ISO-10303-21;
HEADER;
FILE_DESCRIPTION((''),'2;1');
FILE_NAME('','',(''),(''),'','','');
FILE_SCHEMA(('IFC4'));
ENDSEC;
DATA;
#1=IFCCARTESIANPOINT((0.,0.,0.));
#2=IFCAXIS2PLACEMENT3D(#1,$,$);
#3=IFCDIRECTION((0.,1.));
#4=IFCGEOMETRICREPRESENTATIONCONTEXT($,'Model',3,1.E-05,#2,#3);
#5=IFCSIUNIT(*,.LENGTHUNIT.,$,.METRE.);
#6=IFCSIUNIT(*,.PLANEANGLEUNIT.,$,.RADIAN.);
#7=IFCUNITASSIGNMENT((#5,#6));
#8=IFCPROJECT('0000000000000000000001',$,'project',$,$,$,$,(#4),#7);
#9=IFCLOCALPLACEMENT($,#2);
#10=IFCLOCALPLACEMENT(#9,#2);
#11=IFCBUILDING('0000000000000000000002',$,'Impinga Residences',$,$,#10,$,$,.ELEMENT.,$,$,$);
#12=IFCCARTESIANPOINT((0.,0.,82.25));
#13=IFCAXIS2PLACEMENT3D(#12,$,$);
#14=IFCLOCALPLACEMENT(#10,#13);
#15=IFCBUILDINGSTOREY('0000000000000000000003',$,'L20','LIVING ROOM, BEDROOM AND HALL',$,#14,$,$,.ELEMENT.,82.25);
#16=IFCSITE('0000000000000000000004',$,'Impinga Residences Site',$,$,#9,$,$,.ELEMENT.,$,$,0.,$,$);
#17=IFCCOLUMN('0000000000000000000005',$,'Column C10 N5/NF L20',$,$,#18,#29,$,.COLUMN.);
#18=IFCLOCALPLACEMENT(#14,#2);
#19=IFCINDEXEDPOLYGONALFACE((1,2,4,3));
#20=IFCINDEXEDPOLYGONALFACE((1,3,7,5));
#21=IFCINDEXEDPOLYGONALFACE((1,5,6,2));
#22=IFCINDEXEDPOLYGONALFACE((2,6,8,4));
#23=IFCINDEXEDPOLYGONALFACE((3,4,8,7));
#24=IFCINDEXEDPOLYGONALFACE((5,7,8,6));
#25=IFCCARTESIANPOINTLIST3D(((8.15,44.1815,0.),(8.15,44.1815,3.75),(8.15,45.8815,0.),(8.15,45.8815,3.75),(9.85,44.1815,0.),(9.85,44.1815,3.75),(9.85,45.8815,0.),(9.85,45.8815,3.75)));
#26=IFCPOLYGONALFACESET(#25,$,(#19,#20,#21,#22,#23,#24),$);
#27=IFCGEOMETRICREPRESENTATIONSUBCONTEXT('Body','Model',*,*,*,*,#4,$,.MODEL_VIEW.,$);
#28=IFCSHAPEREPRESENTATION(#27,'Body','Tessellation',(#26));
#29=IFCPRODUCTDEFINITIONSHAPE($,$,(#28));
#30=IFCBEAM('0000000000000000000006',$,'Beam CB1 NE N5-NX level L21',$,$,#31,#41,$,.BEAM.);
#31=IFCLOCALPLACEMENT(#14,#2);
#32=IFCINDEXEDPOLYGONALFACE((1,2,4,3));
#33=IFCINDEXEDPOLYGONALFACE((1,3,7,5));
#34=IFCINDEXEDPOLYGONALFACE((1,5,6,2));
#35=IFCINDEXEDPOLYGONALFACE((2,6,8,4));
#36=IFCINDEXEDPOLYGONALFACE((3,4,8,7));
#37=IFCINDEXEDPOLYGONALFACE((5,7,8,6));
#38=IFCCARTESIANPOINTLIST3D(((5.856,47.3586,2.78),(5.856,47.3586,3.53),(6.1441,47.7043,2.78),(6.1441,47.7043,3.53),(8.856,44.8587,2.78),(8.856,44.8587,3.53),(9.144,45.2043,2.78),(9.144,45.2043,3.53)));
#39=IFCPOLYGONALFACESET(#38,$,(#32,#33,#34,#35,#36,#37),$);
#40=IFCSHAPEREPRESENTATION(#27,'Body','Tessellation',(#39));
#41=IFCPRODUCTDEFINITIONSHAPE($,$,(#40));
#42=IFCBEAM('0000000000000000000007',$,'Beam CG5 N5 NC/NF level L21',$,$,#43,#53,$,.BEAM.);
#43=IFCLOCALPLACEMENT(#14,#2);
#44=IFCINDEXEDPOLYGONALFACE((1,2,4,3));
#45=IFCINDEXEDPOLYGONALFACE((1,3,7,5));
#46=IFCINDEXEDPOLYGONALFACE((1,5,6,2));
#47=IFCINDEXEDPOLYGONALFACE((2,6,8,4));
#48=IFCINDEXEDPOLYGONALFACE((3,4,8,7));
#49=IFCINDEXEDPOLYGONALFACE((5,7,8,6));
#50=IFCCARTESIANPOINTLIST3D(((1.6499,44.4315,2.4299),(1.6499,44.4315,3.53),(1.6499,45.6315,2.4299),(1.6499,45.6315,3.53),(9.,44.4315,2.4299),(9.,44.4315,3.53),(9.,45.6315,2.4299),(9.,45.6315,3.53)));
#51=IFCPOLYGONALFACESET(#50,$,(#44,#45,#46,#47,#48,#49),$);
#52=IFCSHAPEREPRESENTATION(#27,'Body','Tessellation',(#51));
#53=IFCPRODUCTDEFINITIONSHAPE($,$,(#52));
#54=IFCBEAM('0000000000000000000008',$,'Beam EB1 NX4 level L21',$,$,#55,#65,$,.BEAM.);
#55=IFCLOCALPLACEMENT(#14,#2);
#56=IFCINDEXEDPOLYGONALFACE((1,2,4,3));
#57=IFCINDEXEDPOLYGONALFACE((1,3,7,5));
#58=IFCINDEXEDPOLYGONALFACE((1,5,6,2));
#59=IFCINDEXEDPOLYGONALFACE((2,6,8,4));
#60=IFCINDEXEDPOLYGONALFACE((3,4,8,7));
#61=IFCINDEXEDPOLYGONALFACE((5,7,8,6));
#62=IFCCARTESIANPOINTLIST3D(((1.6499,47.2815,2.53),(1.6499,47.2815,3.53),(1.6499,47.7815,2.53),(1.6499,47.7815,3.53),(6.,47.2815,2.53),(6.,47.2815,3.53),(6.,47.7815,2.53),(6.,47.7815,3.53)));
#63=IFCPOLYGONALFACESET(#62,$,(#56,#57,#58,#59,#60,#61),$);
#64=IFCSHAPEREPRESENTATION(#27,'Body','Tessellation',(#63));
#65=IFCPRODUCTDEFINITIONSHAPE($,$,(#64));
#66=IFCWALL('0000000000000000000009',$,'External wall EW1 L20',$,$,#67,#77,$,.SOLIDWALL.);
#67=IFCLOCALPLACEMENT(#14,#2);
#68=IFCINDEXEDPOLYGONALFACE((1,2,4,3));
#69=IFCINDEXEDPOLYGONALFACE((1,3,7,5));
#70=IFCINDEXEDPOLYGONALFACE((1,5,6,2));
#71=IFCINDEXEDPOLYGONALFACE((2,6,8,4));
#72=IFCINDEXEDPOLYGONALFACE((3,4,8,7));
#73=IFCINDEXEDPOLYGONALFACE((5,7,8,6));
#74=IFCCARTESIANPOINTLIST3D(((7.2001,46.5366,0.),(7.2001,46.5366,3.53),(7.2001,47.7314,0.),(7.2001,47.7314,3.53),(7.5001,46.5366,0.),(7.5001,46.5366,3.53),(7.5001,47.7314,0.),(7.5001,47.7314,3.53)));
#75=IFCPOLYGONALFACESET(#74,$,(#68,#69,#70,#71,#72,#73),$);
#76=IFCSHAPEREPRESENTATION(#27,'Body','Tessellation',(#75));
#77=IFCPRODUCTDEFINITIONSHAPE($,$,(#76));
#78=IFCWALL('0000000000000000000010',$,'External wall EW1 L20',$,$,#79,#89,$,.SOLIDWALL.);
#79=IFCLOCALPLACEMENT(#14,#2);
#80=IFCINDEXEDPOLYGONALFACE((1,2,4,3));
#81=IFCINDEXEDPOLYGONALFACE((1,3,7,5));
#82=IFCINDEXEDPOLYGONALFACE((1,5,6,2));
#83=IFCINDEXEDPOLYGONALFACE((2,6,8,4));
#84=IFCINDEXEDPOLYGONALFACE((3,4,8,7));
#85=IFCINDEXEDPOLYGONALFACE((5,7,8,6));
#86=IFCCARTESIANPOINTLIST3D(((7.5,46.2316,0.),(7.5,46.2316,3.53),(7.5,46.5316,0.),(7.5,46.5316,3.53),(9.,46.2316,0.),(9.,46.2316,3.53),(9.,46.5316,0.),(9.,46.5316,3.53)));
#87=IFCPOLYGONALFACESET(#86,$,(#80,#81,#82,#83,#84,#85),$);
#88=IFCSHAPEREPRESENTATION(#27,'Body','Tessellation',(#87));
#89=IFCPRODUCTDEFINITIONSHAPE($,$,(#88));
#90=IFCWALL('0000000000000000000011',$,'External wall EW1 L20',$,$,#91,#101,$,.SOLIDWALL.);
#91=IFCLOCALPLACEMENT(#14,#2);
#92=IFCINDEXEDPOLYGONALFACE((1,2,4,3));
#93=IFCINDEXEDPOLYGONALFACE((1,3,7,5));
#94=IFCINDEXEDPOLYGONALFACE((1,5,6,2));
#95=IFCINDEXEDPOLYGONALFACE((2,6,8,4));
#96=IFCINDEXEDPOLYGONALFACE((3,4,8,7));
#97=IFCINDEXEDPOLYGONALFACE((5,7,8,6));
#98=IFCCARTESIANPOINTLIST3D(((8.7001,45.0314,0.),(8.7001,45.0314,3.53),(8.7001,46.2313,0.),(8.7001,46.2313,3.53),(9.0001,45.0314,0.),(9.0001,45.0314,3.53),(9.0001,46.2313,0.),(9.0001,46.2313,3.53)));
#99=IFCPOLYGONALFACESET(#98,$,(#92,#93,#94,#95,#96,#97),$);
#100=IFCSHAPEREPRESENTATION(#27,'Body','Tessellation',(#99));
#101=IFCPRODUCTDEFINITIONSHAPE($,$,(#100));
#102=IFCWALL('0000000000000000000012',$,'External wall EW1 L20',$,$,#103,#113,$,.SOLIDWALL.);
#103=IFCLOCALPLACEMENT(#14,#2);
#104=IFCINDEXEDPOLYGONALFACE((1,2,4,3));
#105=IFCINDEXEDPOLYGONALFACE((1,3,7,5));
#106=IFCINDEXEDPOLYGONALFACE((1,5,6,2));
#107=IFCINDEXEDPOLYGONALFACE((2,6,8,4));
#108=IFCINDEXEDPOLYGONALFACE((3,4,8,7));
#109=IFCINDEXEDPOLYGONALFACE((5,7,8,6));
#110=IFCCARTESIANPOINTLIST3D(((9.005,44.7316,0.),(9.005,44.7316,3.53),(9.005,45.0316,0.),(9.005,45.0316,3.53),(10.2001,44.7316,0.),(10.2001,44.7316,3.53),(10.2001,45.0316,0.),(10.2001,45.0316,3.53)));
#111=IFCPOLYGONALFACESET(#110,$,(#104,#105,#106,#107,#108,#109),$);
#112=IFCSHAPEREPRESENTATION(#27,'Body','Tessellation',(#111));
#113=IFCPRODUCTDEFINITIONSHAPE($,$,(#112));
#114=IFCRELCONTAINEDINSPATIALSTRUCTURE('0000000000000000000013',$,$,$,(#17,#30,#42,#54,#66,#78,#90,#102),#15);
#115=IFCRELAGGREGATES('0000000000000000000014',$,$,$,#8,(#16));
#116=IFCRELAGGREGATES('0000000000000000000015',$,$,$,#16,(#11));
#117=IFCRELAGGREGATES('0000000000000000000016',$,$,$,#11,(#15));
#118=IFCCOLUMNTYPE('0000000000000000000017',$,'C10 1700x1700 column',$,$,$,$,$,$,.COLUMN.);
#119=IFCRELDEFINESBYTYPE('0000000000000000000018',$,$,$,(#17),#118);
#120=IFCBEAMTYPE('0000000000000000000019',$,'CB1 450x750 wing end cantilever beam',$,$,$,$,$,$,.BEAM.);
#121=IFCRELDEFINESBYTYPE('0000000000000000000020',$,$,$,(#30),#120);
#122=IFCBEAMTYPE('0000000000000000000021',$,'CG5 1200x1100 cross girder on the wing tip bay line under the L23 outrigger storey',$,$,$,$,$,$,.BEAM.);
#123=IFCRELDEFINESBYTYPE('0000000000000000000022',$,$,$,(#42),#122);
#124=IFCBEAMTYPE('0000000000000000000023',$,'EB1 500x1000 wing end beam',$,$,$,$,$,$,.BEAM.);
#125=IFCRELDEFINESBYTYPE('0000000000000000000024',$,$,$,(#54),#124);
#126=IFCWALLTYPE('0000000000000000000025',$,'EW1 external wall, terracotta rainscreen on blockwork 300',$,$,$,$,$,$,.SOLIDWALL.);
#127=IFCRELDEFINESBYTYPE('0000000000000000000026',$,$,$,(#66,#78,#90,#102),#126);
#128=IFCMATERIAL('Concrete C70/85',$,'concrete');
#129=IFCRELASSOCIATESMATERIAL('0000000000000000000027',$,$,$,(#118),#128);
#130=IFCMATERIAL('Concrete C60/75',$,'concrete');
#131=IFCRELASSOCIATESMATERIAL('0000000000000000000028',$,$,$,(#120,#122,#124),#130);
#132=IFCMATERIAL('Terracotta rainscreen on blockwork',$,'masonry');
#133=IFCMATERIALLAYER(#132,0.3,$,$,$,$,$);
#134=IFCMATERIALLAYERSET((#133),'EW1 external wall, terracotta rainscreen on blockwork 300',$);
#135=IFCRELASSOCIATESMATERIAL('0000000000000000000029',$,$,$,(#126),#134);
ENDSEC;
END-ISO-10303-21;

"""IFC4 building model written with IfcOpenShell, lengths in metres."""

from ifc_helpers import new_model, si_unit, direction, frame, frame_2d, origin, origin_2d, place, context, subcontext, project, spatial, rectangle, extrude, material, layer, layer_set, material_profile, profile_set, type_object, element, save


model = new_model("IFC4")

# Units and contexts
model_context = context("Model", 3, precision=1e-05, world=origin(), true_north=direction((0.0, 1.0)))
body_context = subcontext(model_context, "Body", "Model", "MODEL_VIEW")
ifc_project = project(units=[si_unit("LENGTHUNIT", "METRE"), si_unit("PLANEANGLEUNIT", "RADIAN")], contexts=[model_context])

# Site, building, storey
site_placement = place(None, origin())
site = spatial("IfcSite", under=ifc_project, at=site_placement, Name="Impinga Residences Site", CompositionType="ELEMENT", RefElevation=0.0)
building_placement = place(site_placement, origin())
building = spatial("IfcBuilding", under=site, at=building_placement, Name="Impinga Residences", CompositionType="ELEMENT")
storey_placement = place(building_placement, frame((0.0, 0.0, 82.25)))
storey = spatial("IfcBuildingStorey", under=building, at=storey_placement, Name="L20", Description="LIVING ROOM, BEDROOM AND HALL", CompositionType="ELEMENT", Elevation=82.25)

# Column
ifc_material_1 = material(Name="Concrete C70/85", Category="concrete")
ifc_material_profile_1 = material_profile(ifc_material_1, rectangle(XDim=1.7, YDim=1.7, at=origin_2d()), Name="RC 1700x1700")
ifc_profile_set_1 = profile_set([ifc_material_profile_1], Name="Concrete C70/85")
column_type = type_object("IfcColumnType", Name="C10 1700x1700 column", PredefinedType="COLUMN", material=ifc_profile_set_1)
column_placement = place(storey_placement, frame((9.0, 45.0315, 0.0), z_axis=(0.0, 0.0, 1.0), x_axis=(1.0, 0.0, 0.0)))
element("IfcColumn", 1, at=column_placement, inside=storey, type_object=column_type, Name="Column C10 N5/NF L20", PredefinedType="COLUMN", context=body_context, shape_type="SweptSolid", body=[
    extrude(rectangle(XDim=1.7, YDim=1.7, at=origin_2d()), origin(), (0.0, 0.0, 1.0), 3.75),
])

# Beams
ifc_material_2 = material(Name="Concrete C60/75", Category="concrete")
ifc_material_profile_2 = material_profile(ifc_material_2, rectangle(XDim=0.45, YDim=0.75, at=origin_2d()), Name="RC 450x750")
ifc_profile_set_2 = profile_set([ifc_material_profile_2], Name="Concrete C60/75")
beam_type_1 = type_object("IfcBeamType", Name="CB1 450x750 wing end cantilever beam", PredefinedType="BEAM", material=ifc_profile_set_2)
beam_1_placement = place(storey_placement, frame((9.0, 45.0315, 3.155), z_axis=(-0.768221, 0.640184, 0.0), x_axis=(-0.640184, -0.768221, 0.0)))
element("IfcBeam", 2, at=beam_1_placement, inside=storey, type_object=beam_type_1, Name="Beam CB1 NE N5-NX level L21", PredefinedType="BEAM", context=body_context, shape_type="SweptSolid", body=[
    extrude(rectangle(XDim=0.45, YDim=0.75, at=origin_2d()), origin(), (0.0, 0.0, 1.0), 3.905),
])
ifc_material_profile_3 = material_profile(ifc_material_2, rectangle(XDim=1.2, YDim=1.1001, at=origin_2d()), Name="RC 1200x1100")
ifc_profile_set_3 = profile_set([ifc_material_profile_3], Name="Concrete C60/75")
beam_type_2 = type_object("IfcBeamType", Name="CG5 1200x1100 cross girder on the wing tip bay line under the L23 outrigger storey", PredefinedType="BEAM", material=ifc_profile_set_3)
beam_2_placement = place(storey_placement, frame((1.6499, 45.0315, 2.98), z_axis=(1.0, 0.0, 0.0), x_axis=(0.0, 1.0, 0.0)))
element("IfcBeam", 3, at=beam_2_placement, inside=storey, type_object=beam_type_2, Name="Beam CG5 N5 NC/NF level L21", PredefinedType="BEAM", context=body_context, shape_type="SweptSolid", body=[
    extrude(rectangle(XDim=1.2, YDim=1.1001, at=origin_2d()), origin(), (0.0, 0.0, 1.0), 7.3501),
])
ifc_material_profile_4 = material_profile(ifc_material_2, rectangle(XDim=0.5, YDim=1.0, at=origin_2d()), Name="RC 500x1000")
ifc_profile_set_4 = profile_set([ifc_material_profile_4], Name="Concrete C60/75")
beam_type_3 = type_object("IfcBeamType", Name="EB1 500x1000 wing end beam", PredefinedType="BEAM", material=ifc_profile_set_4)
beam_3_placement = place(storey_placement, frame((1.6499, 47.5315, 3.03), z_axis=(1.0, 0.0, 0.0), x_axis=(0.0, 1.0, 0.0)))
element("IfcBeam", 4, at=beam_3_placement, inside=storey, type_object=beam_type_3, Name="Beam EB1 NX4 level L21", PredefinedType="BEAM", context=body_context, shape_type="SweptSolid", body=[
    extrude(rectangle(XDim=0.5, YDim=1.0, at=origin_2d()), origin(), (0.0, 0.0, 1.0), 4.3501),
])

# Walls
ifc_material_3 = material(Name="Terracotta rainscreen on blockwork", Category="masonry")
ifc_layer_1 = layer(ifc_material_3, 0.3)
ifc_layer_set_1 = layer_set([ifc_layer_1], Name="EW1 external wall, terracotta rainscreen on blockwork 300")
wall_type_1 = type_object("IfcWallType", Name="EW1 external wall, terracotta rainscreen on blockwork 300", PredefinedType="SOLIDWALL", material=ifc_layer_set_1)
wall_1_placement = place(storey_placement, frame((7.3501, 47.7314, 0.0), z_axis=(0.0, 0.0, 1.0), x_axis=(0.0, -1.0, 0.0)))
element("IfcWall", 5, at=wall_1_placement, inside=storey, type_object=wall_type_1, Name="External wall EW1 L20", PredefinedType="SOLIDWALL", context=body_context, shape_type="SweptSolid", body=[
    extrude(rectangle(XDim=1.1948, YDim=0.3, at=frame_2d((0.5974, 0.0))), origin(), (0.0, 0.0, 1.0), 3.53),
])
wall_2_placement = place(storey_placement, frame((7.5, 46.3816, 0.0), z_axis=(0.0, 0.0, 1.0), x_axis=(1.0, 0.0, 0.0)))
element("IfcWall", 6, at=wall_2_placement, inside=storey, type_object=wall_type_1, Name="External wall EW1 L20", PredefinedType="SOLIDWALL", context=body_context, shape_type="SweptSolid", body=[
    extrude(rectangle(XDim=1.5, YDim=0.3, at=frame_2d((0.75, 0.0))), origin(), (0.0, 0.0, 1.0), 3.53),
])
wall_3_placement = place(storey_placement, frame((8.8501, 46.2314, 0.0), z_axis=(0.0, 0.0, 1.0), x_axis=(0.0, -1.0, 0.0)))
element("IfcWall", 7, at=wall_3_placement, inside=storey, type_object=wall_type_1, Name="External wall EW1 L20", PredefinedType="SOLIDWALL", context=body_context, shape_type="SweptSolid", body=[
    extrude(rectangle(XDim=1.2, YDim=0.3, at=frame_2d((0.6001, 0.0))), origin(), (0.0, 0.0, 1.0), 3.53),
])
wall_4_placement = place(storey_placement, frame((9.0049, 44.8816, 0.0), z_axis=(0.0, 0.0, 1.0), x_axis=(1.0, 0.0, 0.0)))
element("IfcWall", 8, at=wall_4_placement, inside=storey, type_object=wall_type_1, Name="External wall EW1 L20", PredefinedType="SOLIDWALL", context=body_context, shape_type="SweptSolid", body=[
    extrude(rectangle(XDim=1.1951, YDim=0.3, at=frame_2d((0.5977, 0.0))), origin(), (0.0, 0.0, 1.0), 3.53),
])

save(model, "model.ifc")
